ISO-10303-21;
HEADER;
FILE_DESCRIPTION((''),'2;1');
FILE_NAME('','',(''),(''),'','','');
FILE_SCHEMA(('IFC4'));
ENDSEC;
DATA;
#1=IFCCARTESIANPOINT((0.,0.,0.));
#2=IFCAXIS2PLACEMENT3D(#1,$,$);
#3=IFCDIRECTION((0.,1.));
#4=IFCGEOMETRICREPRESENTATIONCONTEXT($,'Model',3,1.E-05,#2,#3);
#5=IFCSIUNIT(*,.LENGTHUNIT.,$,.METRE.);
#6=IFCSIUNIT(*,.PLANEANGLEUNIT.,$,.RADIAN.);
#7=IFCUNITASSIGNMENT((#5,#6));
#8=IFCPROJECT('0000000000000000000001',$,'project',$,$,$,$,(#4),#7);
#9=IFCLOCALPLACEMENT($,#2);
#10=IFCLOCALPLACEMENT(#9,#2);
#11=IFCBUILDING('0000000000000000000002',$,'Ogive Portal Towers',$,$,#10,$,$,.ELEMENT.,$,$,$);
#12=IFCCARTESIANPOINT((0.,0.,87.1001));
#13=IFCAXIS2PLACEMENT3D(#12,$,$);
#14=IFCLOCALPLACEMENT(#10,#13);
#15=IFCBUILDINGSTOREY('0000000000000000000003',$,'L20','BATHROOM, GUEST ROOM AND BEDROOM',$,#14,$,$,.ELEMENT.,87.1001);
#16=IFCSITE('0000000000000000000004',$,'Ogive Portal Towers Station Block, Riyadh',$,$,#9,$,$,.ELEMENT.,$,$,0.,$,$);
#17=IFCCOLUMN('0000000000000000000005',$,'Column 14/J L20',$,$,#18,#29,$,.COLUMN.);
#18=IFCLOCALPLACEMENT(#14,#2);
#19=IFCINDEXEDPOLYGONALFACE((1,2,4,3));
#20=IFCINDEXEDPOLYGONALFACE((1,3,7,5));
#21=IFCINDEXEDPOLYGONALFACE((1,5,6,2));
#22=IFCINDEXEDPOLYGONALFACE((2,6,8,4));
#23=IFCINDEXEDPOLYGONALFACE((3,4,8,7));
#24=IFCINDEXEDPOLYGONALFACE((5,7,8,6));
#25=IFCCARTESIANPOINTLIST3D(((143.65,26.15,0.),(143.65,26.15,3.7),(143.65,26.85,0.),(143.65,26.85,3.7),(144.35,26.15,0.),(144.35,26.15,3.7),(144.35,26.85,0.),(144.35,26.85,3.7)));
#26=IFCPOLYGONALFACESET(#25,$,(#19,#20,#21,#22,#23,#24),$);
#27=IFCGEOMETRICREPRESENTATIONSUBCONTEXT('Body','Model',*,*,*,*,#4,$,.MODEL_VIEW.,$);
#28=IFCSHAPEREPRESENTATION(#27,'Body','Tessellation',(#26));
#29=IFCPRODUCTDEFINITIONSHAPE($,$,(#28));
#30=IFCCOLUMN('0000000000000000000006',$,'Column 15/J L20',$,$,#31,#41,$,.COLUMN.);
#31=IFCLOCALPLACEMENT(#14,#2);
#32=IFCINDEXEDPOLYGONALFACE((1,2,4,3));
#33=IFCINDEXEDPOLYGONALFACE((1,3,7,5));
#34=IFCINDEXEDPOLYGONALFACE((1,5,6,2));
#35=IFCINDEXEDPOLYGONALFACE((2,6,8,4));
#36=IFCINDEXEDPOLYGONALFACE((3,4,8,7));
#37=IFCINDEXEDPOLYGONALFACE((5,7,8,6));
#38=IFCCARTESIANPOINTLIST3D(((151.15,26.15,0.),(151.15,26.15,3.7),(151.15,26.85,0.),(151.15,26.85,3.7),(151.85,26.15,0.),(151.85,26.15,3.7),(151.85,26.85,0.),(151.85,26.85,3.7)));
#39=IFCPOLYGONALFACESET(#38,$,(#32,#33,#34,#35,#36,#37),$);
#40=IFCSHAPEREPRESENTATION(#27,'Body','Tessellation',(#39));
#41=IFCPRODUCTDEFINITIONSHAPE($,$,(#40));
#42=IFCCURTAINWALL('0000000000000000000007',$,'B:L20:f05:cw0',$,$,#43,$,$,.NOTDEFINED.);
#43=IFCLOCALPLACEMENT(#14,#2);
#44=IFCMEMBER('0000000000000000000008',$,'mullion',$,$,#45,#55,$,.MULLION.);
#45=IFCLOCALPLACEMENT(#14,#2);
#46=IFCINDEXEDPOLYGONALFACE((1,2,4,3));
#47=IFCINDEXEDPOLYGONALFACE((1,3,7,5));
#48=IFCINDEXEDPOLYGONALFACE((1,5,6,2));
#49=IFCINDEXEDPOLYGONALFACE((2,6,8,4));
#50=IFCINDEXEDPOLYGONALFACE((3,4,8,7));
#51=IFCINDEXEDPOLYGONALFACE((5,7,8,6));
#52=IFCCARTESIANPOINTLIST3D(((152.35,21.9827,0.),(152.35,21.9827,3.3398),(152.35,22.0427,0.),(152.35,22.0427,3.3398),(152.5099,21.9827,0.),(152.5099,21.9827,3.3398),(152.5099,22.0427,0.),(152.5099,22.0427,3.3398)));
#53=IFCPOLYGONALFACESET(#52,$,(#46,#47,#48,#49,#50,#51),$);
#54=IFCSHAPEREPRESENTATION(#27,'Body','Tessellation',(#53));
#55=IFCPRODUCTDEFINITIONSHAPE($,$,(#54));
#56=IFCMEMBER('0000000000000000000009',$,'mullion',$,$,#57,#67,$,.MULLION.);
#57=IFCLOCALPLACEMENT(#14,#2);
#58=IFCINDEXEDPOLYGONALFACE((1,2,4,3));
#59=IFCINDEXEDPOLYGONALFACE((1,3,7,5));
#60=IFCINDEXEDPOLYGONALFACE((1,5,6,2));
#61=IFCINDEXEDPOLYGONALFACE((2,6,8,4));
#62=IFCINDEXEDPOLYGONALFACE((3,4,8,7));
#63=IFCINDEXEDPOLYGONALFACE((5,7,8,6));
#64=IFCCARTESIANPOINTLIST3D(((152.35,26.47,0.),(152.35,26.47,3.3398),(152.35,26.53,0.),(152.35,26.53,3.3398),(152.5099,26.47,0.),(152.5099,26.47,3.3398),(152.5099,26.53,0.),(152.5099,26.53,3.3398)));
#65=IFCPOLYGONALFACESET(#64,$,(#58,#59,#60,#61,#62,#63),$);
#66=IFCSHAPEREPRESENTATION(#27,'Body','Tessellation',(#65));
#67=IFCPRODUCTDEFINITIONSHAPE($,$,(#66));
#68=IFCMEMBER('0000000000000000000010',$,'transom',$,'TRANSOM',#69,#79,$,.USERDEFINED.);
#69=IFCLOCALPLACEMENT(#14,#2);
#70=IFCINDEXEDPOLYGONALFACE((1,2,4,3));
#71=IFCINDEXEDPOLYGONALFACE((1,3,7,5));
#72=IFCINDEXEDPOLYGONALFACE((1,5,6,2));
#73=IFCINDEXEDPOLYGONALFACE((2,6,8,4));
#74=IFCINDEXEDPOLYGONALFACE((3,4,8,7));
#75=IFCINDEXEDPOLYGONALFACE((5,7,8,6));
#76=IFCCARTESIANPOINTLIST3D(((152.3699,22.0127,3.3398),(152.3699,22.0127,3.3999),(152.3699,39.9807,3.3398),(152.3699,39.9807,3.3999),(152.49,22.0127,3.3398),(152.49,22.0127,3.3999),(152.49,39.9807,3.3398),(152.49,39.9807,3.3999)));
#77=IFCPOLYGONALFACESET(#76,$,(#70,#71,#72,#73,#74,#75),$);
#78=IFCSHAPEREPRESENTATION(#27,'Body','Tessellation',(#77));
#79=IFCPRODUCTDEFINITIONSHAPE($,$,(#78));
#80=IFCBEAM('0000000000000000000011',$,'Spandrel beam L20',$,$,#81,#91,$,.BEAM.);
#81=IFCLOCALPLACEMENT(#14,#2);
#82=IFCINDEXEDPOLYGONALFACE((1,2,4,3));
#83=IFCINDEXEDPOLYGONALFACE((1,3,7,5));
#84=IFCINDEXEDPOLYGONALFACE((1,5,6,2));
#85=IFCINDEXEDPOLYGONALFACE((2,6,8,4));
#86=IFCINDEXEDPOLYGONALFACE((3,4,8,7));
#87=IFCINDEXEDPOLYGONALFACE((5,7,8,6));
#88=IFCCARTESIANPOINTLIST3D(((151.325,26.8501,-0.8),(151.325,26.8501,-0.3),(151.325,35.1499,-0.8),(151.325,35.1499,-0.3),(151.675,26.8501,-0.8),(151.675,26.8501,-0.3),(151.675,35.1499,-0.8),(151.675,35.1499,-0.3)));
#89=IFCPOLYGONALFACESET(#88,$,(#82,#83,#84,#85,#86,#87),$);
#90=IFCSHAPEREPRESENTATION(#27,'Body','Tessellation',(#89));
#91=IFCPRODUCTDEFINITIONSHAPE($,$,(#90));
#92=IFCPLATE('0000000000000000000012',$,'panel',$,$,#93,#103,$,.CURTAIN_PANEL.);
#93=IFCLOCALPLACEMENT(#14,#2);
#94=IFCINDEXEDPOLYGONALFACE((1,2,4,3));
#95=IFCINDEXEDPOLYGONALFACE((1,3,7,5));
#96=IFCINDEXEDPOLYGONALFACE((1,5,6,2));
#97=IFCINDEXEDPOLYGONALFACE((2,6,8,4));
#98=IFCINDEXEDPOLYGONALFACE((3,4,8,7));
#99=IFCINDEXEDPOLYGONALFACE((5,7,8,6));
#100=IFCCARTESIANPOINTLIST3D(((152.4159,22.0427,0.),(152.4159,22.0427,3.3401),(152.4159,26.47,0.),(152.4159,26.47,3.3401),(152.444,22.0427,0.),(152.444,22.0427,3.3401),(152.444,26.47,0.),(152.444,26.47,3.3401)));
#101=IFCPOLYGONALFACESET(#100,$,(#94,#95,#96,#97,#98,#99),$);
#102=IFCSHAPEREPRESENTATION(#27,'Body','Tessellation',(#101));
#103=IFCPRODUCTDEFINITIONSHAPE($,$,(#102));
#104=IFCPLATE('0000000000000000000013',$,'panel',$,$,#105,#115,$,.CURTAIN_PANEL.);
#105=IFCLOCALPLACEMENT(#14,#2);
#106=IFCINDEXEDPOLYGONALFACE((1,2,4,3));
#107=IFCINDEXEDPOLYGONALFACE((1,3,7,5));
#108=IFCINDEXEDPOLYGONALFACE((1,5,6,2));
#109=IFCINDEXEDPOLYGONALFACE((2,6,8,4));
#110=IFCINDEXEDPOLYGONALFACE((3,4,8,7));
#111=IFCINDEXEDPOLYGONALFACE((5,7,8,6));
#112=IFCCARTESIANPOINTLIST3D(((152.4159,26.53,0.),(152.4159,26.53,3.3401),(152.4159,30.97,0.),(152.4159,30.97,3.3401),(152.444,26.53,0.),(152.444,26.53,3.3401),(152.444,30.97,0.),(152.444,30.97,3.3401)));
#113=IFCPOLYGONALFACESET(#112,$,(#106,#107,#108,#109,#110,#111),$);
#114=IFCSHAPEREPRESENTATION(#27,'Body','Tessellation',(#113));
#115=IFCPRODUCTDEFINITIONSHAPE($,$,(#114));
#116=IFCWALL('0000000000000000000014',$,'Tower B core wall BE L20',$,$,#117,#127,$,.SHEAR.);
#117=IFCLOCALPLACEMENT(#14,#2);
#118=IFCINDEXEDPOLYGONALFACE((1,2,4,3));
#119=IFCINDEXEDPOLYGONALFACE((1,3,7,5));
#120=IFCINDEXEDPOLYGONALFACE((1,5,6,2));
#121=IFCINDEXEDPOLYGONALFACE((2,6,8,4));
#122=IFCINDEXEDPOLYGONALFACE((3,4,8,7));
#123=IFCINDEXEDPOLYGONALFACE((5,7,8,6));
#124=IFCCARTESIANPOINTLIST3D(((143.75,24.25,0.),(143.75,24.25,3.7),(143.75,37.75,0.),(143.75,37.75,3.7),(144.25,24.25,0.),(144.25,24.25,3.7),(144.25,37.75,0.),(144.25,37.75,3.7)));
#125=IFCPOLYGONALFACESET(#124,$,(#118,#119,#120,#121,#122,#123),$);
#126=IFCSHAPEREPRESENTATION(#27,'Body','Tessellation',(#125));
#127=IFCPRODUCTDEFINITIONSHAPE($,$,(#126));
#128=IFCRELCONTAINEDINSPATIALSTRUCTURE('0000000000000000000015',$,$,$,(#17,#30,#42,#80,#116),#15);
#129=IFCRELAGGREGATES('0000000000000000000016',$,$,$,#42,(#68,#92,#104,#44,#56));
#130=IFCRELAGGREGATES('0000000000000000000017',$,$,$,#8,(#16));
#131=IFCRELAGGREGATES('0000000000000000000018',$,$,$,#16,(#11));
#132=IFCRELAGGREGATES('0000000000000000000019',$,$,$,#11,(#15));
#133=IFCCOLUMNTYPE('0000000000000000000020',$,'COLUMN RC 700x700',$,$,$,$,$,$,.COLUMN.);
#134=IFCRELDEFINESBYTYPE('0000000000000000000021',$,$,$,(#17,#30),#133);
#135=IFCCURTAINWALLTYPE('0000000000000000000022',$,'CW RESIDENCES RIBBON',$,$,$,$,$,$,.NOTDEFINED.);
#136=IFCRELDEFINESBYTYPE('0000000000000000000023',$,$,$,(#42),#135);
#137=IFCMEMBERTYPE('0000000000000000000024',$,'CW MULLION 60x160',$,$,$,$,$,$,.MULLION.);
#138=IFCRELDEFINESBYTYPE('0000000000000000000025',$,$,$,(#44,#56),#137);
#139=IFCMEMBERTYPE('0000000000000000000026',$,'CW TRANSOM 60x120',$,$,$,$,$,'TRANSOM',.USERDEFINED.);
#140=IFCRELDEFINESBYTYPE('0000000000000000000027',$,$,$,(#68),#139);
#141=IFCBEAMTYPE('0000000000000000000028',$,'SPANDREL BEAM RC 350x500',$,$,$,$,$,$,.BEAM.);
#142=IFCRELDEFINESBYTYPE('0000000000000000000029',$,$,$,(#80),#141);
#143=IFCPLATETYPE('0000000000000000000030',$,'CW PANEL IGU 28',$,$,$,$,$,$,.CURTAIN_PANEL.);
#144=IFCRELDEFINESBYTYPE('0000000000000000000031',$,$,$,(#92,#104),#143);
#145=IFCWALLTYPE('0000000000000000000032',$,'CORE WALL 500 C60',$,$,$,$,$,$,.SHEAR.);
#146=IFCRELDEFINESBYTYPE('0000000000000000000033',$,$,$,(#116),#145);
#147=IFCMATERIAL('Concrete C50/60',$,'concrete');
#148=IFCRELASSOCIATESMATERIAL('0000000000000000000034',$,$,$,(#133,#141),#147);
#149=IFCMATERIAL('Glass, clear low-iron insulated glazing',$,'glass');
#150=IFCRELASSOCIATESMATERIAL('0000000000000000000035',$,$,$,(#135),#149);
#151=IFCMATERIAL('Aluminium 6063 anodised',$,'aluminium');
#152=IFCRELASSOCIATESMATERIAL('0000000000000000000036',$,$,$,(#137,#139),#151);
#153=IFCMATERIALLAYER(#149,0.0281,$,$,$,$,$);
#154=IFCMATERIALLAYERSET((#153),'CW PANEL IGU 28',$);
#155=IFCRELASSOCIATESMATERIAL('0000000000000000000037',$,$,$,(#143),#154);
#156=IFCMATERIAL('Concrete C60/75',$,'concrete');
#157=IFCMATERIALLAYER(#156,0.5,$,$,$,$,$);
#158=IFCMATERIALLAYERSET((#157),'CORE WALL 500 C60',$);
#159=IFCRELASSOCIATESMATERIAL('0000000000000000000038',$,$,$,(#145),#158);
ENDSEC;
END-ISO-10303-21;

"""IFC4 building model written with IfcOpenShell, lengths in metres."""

from ifc_helpers import new_model, si_unit, direction, frame, frame_2d, origin, origin_2d, place, context, subcontext, project, spatial, rectangle, extrude, material, layer, layer_set, material_profile, profile_set, type_object, element, aggregate, save


model = new_model("IFC4")

# Units and contexts
model_context = context("Model", 3, precision=1e-05, world=origin(), true_north=direction((0.0, 1.0)))
body_context = subcontext(model_context, "Body", "Model", "MODEL_VIEW")
ifc_project = project(units=[si_unit("LENGTHUNIT", "METRE"), si_unit("PLANEANGLEUNIT", "RADIAN")], contexts=[model_context])

# Site, building, storey
site_placement = place(None, origin())
site = spatial("IfcSite", under=ifc_project, at=site_placement, Name="Ogive Portal Towers Station Block, Riyadh", CompositionType="ELEMENT", RefElevation=0.0)
building_placement = place(site_placement, origin())
building = spatial("IfcBuilding", under=site, at=building_placement, Name="Ogive Portal Towers", CompositionType="ELEMENT")
storey_placement = place(building_placement, frame((0.0, 0.0, 87.1001)))
storey = spatial("IfcBuildingStorey", under=building, at=storey_placement, Name="L20", Description="BATHROOM, GUEST ROOM AND BEDROOM", CompositionType="ELEMENT", Elevation=87.1001)

# Columns
ifc_material_1 = material(Name="Concrete C50/60", Category="concrete")
ifc_material_profile_1 = material_profile(ifc_material_1, rectangle(XDim=0.7, YDim=0.7, at=origin_2d()), Name="RC 700x700")
ifc_profile_set_1 = profile_set([ifc_material_profile_1], Name="Concrete C50/60")
column_type = type_object("IfcColumnType", Name="COLUMN RC 700x700", PredefinedType="COLUMN", material=ifc_profile_set_1)
for number, where, z_axis, x_axis, name in (
    (1, (144.0, 26.5, 0.0), (0.0, 0.0, 1.0), (1.0, 0.0, 0.0), "Column 14/J L20"),
    (2, (151.5, 26.5, 0.0), (0.0, 0.0, 1.0), (1.0, 0.0, 0.0), "Column 15/J L20"),
):
    element("IfcColumn", number, at=place(storey_placement, frame(where, z_axis=z_axis, x_axis=x_axis)), inside=storey, type_object=column_type, Name=name, PredefinedType="COLUMN", context=body_context, shape_type="SweptSolid", body=[
        extrude(rectangle(XDim=0.7, YDim=0.7, at=origin_2d()), origin(), (0.0, 0.0, 1.0), 3.7),
    ])

# Curtain wall, members
ifc_material_2 = material(Name="Glass, clear low-iron insulated glazing", Category="glass")
curtain_wall_type = type_object("IfcCurtainWallType", Name="CW RESIDENCES RIBBON", PredefinedType="NOTDEFINED", material=ifc_material_2)
curtain_wall_placement = place(storey_placement, origin())
curtain_wall = element("IfcCurtainWall", 3, at=curtain_wall_placement, inside=storey, type_object=curtain_wall_type, Name="B:L20:f05:cw0", PredefinedType="NOTDEFINED")
ifc_material_3 = material(Name="Aluminium 6063 anodised", Category="aluminium")
ifc_material_profile_2 = material_profile(ifc_material_3, rectangle(XDim=0.1599, YDim=0.0601, at=origin_2d()), Name="AL 60x160")
ifc_profile_set_2 = profile_set([ifc_material_profile_2], Name="Aluminium 6063 anodised")
member_type_1 = type_object("IfcMemberType", Name="CW MULLION 60x160", PredefinedType="MULLION", material=ifc_profile_set_2)
member_1_placement = place(storey_placement, frame((152.4299, 22.0127, 0.0), z_axis=(0.0, 0.0, 1.0), x_axis=(-1.0, 0.0, 0.0)))
member_1 = element("IfcMember", 4, at=member_1_placement, type_object=member_type_1, Name="mullion", PredefinedType="MULLION", context=body_context, shape_type="SweptSolid", body=[
    extrude(rectangle(XDim=0.1599, YDim=0.0601, at=origin_2d()), origin(), (0.0, 0.0, 1.0), 3.3398),
])
member_2_placement = place(storey_placement, frame((152.4299, 26.5, 0.0), z_axis=(0.0, 0.0, 1.0), x_axis=(-1.0, 0.0, 0.0)))
member_2 = element("IfcMember", 5, at=member_2_placement, type_object=member_type_1, Name="mullion", PredefinedType="MULLION", context=body_context, shape_type="SweptSolid", body=[
    extrude(rectangle(XDim=0.1599, YDim=0.0601, at=origin_2d()), origin(), (0.0, 0.0, 1.0), 3.3398),
])
ifc_material_profile_3 = material_profile(ifc_material_3, rectangle(XDim=0.1201, YDim=0.0601, at=origin_2d()), Name="AL 120x60")
ifc_profile_set_3 = profile_set([ifc_material_profile_3], Name="Aluminium 6063 anodised")
member_type_2 = type_object("IfcMemberType", Name="CW TRANSOM 60x120", ElementType="TRANSOM", PredefinedType="USERDEFINED", material=ifc_profile_set_3)
member_3_placement = place(storey_placement, frame((152.4299, 22.0127, 3.3699), z_axis=(0.0, 1.0, 0.0), x_axis=(-1.0, 0.0, 0.0)))
member_3 = element("IfcMember", 6, at=member_3_placement, type_object=member_type_2, Name="transom", ObjectType="TRANSOM", PredefinedType="USERDEFINED", context=body_context, shape_type="SweptSolid", body=[
    extrude(rectangle(XDim=0.1201, YDim=0.0601, at=origin_2d()), origin(), (0.0, 0.0, 1.0), 17.968),
])

# Beam
ifc_material_profile_4 = material_profile(ifc_material_1, rectangle(XDim=0.3501, YDim=0.5, at=origin_2d()), Name="RC 350x500")
ifc_profile_set_4 = profile_set([ifc_material_profile_4], Name="Concrete C50/60")
beam_type = type_object("IfcBeamType", Name="SPANDREL BEAM RC 350x500", PredefinedType="BEAM", material=ifc_profile_set_4)
beam_placement = place(storey_placement, frame((151.5, 26.8501, -0.55), z_axis=(0.0, 1.0, 0.0), x_axis=(-1.0, 0.0, 0.0)))
element("IfcBeam", 7, at=beam_placement, inside=storey, type_object=beam_type, Name="Spandrel beam L20", PredefinedType="BEAM", context=body_context, shape_type="SweptSolid", body=[
    extrude(rectangle(XDim=0.3501, YDim=0.5, at=origin_2d()), origin(), (0.0, 0.0, 1.0), 8.2998),
])

# Plates
ifc_layer_1 = layer(ifc_material_2, 0.0281)
ifc_layer_set_1 = layer_set([ifc_layer_1], Name="CW PANEL IGU 28")
plate_type = type_object("IfcPlateType", Name="CW PANEL IGU 28", PredefinedType="CURTAIN_PANEL", material=ifc_layer_set_1)
plate_1_placement = place(storey_placement, frame((152.4299, 24.2563, 0.0), z_axis=(0.0, 0.0, 1.0), x_axis=(0.0, 1.0, 0.0)))
plate_1 = element("IfcPlate", 8, at=plate_1_placement, type_object=plate_type, Name="panel", PredefinedType="CURTAIN_PANEL", context=body_context, shape_type="SweptSolid", body=[
    extrude(rectangle(XDim=4.4272, YDim=0.0281, at=origin_2d()), origin(), (0.0, 0.0, 1.0), 3.3401),
])
plate_2_placement = place(storey_placement, frame((152.4299, 28.75, 0.0), z_axis=(0.0, 0.0, 1.0), x_axis=(0.0, 1.0, 0.0)))
plate_2 = element("IfcPlate", 9, at=plate_2_placement, type_object=plate_type, Name="panel", PredefinedType="CURTAIN_PANEL", context=body_context, shape_type="SweptSolid", body=[
    extrude(rectangle(XDim=4.4399, YDim=0.0281, at=origin_2d()), origin(), (0.0, 0.0, 1.0), 3.3401),
])
aggregate(curtain_wall, [member_3, plate_1, plate_2, member_1, member_2])

# Wall
ifc_material_4 = material(Name="Concrete C60/75", Category="concrete")
ifc_layer_2 = layer(ifc_material_4, 0.5)
ifc_layer_set_2 = layer_set([ifc_layer_2], Name="CORE WALL 500 C60")
wall_type_1 = type_object("IfcWallType", Name="CORE WALL 500 C60", PredefinedType="SHEAR", material=ifc_layer_set_2)
wall_1_placement = place(storey_placement, frame((144.0, 24.25, 0.0), z_axis=(0.0, 0.0, 1.0), x_axis=(0.0, 1.0, 0.0)))
element("IfcWall", 10, at=wall_1_placement, inside=storey, type_object=wall_type_1, Name="Tower B core wall BE L20", PredefinedType="SHEAR", context=body_context, shape_type="SweptSolid", body=[
    extrude(rectangle(XDim=13.5, YDim=0.5, at=frame_2d((6.75, 0.0))), origin(), (0.0, 0.0, 1.0), 3.7),
])

save(model, "model.ifc")
